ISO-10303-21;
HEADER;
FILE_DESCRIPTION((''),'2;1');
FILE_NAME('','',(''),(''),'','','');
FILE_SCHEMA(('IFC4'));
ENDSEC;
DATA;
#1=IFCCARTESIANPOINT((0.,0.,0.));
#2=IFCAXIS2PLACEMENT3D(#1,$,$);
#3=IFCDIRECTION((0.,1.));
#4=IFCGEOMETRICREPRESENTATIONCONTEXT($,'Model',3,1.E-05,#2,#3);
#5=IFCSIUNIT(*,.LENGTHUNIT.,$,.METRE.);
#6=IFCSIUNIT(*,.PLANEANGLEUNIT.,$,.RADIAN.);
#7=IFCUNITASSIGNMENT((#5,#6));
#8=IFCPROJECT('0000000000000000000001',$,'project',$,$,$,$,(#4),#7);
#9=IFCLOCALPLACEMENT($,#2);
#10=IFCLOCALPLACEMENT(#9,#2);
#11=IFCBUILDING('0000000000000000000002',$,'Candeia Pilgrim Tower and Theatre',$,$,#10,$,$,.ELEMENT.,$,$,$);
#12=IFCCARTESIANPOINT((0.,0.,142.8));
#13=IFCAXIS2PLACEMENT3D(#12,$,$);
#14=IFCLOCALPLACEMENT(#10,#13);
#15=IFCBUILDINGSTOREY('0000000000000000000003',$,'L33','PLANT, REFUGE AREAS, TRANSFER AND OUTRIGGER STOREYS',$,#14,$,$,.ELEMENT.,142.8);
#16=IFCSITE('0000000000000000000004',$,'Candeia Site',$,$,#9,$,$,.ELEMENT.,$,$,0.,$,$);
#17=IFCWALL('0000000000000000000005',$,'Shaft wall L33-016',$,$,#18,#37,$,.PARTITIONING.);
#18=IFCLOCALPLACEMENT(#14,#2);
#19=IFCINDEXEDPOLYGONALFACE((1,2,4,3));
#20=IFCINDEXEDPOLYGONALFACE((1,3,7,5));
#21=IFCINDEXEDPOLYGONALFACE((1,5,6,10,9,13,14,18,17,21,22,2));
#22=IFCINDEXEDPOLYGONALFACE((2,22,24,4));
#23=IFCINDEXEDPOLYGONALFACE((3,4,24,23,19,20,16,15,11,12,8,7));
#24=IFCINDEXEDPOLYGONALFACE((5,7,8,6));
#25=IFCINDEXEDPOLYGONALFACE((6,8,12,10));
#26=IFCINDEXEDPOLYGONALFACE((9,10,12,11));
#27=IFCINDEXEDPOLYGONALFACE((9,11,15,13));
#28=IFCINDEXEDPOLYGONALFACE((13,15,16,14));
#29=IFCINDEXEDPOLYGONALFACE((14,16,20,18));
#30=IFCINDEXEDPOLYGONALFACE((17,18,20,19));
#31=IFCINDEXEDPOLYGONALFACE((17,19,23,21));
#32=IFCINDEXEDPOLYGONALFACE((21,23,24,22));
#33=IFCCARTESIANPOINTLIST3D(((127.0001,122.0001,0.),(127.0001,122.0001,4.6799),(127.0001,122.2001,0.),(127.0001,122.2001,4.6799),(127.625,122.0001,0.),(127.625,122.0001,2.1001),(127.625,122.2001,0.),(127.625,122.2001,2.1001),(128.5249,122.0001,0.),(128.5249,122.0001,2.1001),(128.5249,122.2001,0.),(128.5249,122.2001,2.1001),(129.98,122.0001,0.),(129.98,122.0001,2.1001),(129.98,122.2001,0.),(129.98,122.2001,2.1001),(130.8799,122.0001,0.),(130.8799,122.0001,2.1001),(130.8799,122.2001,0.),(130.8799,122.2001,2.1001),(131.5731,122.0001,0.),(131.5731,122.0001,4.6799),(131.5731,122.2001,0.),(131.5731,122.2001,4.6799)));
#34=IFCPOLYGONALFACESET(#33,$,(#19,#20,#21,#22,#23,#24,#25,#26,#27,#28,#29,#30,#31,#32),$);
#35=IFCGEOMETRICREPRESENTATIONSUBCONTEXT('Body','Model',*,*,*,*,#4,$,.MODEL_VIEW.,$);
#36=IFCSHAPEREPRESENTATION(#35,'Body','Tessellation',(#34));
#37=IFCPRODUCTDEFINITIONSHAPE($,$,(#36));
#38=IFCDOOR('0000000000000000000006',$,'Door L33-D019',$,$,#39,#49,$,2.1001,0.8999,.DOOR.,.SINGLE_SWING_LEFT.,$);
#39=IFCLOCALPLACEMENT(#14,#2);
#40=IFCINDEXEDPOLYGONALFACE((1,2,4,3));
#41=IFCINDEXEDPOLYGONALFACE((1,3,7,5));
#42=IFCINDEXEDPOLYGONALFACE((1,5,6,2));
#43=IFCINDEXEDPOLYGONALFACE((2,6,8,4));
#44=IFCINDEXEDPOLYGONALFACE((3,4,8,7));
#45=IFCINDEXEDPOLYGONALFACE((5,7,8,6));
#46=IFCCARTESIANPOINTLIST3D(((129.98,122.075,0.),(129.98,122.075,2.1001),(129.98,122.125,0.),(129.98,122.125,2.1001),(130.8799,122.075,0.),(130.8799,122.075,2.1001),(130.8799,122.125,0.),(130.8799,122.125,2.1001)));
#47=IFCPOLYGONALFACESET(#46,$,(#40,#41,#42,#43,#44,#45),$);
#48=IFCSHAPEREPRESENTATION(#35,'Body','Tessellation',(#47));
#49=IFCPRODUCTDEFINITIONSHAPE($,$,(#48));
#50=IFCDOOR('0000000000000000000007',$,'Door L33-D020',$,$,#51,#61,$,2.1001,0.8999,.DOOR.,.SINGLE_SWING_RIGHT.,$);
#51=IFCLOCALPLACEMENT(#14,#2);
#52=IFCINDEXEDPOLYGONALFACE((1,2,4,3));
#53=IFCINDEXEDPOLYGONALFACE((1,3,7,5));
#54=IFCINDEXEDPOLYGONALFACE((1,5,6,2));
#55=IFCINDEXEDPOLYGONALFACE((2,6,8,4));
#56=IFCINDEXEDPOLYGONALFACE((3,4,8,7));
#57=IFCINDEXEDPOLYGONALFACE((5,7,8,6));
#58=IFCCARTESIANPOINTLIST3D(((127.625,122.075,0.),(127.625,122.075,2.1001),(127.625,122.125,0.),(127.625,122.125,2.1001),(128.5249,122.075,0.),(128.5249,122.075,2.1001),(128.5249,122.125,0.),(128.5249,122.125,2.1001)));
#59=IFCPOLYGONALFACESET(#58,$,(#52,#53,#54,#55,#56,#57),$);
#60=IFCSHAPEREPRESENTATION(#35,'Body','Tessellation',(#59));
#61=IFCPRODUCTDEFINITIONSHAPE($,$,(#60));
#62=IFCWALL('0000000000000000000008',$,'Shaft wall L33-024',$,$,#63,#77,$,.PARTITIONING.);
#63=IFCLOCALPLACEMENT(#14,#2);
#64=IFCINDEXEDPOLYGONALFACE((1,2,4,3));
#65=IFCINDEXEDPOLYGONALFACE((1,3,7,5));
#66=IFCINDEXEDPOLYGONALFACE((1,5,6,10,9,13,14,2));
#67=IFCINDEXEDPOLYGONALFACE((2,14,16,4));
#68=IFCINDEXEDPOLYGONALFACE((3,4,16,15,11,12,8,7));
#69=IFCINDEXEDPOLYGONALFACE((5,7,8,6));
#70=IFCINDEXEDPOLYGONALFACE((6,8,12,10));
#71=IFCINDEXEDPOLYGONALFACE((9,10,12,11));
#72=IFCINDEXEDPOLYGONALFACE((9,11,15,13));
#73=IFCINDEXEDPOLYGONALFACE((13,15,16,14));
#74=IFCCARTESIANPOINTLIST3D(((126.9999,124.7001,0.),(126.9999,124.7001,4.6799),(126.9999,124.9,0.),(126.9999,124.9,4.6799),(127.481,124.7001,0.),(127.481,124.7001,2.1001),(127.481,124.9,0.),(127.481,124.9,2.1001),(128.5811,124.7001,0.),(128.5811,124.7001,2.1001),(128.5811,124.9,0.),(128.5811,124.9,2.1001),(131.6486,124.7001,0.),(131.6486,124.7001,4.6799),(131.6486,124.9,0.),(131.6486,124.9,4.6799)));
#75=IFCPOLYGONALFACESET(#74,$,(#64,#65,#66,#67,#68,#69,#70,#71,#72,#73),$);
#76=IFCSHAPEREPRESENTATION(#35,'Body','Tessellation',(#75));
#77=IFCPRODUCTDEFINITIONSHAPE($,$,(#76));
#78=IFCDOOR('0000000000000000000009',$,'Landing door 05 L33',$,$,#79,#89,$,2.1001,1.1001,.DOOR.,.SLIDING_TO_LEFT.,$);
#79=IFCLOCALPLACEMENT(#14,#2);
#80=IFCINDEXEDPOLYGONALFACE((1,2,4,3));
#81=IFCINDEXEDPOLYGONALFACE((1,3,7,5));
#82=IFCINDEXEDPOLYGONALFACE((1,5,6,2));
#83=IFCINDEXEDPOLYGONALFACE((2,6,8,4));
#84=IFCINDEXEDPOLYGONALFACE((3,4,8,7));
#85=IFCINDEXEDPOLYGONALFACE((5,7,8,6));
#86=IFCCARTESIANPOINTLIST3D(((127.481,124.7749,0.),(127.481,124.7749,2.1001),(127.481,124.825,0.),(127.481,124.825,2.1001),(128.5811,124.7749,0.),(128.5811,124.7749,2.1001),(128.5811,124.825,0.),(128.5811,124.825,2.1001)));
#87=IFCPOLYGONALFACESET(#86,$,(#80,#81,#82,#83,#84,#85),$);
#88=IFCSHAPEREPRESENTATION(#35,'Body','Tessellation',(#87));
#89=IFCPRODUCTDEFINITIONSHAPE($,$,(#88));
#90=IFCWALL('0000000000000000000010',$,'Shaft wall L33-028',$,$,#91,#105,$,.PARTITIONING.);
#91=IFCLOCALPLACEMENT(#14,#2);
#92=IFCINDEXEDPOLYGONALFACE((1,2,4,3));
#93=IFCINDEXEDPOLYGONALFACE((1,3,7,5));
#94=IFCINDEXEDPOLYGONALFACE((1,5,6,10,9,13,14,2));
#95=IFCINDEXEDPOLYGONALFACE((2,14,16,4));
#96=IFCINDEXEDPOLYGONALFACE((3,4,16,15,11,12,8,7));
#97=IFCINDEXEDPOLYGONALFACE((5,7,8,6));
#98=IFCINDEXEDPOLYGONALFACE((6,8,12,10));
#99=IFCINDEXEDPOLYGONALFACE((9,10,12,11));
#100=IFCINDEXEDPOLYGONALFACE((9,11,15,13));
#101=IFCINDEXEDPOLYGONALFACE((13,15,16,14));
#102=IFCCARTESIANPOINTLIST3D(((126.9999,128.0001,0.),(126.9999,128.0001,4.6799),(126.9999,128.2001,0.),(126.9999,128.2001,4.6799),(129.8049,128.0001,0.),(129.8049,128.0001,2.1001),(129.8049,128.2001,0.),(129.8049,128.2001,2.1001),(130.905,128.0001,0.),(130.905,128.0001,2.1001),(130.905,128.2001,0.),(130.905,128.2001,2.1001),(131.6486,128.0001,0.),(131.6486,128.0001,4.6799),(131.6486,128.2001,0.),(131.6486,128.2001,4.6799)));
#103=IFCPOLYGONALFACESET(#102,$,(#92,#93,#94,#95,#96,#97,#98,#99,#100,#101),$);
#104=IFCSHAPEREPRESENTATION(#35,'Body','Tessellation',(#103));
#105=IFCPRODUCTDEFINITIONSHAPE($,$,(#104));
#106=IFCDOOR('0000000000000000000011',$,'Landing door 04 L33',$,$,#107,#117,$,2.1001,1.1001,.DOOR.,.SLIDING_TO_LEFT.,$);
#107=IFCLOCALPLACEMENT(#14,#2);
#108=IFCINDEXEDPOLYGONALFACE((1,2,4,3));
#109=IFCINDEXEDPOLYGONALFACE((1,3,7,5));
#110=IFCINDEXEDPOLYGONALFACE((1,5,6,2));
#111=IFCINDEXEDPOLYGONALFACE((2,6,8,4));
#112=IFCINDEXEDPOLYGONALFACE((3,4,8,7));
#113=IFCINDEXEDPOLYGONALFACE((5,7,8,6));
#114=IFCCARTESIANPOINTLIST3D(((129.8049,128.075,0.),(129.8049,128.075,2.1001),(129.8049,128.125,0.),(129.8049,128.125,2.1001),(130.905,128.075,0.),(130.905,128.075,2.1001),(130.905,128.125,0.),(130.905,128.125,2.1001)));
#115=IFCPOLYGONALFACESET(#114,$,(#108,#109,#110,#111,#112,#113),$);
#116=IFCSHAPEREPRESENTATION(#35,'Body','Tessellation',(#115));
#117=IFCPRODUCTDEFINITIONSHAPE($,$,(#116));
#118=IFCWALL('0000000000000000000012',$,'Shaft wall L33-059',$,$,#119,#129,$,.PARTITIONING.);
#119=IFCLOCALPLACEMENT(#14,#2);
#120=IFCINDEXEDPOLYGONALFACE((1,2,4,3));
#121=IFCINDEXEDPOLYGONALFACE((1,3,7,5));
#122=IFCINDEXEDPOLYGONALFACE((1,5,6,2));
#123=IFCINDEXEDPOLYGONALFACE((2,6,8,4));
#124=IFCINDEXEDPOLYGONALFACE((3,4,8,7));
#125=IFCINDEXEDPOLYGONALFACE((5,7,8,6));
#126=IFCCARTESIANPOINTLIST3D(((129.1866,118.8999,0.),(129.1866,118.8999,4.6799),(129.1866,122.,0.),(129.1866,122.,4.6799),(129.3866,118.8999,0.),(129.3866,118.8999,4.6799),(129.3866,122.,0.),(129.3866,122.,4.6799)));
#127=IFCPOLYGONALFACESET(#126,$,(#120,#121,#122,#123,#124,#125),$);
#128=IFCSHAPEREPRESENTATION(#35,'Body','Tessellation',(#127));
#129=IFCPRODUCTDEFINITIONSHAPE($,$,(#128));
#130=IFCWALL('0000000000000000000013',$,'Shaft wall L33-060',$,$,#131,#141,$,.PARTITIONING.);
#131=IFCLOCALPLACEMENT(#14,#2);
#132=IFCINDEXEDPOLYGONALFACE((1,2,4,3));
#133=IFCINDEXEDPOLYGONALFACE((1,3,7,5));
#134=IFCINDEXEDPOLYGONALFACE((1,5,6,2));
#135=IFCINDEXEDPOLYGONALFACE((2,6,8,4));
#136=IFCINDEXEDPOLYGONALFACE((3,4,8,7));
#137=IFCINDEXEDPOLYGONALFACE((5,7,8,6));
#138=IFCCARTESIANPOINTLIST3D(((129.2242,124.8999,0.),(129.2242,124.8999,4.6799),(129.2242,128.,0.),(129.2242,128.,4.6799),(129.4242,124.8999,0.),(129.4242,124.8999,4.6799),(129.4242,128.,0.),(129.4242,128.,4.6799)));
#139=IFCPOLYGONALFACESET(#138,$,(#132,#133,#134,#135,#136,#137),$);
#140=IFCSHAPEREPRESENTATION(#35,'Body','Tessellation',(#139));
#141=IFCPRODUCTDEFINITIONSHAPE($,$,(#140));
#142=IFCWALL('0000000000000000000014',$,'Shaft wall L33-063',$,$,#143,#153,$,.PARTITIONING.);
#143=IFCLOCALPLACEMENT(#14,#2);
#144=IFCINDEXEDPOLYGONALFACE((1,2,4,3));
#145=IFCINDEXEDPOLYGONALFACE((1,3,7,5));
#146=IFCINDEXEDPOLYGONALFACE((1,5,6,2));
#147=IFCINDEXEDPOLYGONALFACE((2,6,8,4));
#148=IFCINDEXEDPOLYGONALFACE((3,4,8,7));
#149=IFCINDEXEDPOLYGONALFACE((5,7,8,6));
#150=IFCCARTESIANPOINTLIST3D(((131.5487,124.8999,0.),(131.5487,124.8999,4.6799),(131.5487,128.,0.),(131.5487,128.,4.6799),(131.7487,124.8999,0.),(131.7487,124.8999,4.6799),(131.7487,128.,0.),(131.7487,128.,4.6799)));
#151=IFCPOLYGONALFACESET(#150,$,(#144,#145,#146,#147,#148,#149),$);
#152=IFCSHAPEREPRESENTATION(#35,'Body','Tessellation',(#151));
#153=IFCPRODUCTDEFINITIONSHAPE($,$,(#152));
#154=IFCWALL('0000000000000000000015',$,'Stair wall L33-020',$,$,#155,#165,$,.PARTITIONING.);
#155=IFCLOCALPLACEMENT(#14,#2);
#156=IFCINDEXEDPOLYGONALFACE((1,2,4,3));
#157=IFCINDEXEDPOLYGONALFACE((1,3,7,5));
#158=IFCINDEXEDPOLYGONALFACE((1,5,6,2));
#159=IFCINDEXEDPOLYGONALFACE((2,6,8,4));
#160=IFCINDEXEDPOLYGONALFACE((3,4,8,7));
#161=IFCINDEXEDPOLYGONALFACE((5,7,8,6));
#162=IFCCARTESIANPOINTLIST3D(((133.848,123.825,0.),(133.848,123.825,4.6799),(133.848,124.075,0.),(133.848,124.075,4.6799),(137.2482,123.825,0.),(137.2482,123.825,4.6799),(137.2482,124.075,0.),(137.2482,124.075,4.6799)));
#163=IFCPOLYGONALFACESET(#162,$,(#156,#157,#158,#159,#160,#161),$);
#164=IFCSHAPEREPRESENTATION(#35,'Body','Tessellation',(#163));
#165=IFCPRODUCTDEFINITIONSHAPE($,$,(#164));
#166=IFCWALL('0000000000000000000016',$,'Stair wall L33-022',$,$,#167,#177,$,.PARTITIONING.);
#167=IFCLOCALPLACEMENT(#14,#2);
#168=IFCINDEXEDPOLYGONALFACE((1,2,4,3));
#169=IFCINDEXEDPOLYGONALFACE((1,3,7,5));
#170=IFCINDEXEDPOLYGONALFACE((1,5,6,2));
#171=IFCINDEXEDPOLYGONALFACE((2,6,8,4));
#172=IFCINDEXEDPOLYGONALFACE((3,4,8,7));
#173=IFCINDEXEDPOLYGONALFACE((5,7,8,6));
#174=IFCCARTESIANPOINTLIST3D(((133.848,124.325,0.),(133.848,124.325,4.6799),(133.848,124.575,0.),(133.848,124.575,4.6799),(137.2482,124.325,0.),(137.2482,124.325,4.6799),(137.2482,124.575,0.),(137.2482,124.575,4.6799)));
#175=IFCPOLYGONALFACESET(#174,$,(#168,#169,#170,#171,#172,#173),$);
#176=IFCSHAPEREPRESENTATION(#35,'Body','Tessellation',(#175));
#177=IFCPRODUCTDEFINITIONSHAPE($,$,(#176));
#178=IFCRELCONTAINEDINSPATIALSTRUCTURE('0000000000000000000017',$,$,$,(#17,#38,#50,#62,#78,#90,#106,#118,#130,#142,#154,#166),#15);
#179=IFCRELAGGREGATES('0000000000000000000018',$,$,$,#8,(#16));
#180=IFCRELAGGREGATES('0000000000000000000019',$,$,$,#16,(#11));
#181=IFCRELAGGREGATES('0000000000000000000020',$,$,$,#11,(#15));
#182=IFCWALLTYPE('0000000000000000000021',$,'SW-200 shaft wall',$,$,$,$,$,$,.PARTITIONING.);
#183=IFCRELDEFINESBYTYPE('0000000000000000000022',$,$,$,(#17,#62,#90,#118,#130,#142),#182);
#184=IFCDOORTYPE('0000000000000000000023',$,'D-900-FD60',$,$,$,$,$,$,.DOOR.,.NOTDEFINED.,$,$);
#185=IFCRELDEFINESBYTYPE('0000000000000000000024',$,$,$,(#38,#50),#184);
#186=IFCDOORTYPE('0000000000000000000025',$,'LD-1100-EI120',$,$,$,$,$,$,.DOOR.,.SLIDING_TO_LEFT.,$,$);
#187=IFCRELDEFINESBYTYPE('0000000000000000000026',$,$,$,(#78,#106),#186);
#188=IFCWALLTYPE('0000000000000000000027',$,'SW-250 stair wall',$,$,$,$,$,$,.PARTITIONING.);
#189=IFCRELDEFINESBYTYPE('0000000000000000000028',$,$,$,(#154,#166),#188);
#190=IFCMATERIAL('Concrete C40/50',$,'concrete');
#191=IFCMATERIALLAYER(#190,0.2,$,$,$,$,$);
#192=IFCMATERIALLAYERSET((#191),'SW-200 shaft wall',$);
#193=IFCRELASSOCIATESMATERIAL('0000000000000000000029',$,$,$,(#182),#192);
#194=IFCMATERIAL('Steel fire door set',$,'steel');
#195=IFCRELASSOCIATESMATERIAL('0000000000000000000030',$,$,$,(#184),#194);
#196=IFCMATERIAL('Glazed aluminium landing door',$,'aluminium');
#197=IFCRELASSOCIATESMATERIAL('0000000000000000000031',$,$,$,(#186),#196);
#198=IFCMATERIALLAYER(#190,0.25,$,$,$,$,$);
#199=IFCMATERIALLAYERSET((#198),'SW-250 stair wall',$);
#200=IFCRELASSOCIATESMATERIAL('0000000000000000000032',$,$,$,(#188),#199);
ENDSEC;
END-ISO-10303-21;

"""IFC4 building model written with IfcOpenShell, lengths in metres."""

from ifc_helpers import new_model, si_unit, direction, frame, frame_2d, origin, place, context, subcontext, project, spatial, rectangle, extrude, material, layer, layer_set, type_object, element, fill, save


model = new_model("IFC4")

# Units and contexts
model_context = context("Model", 3, precision=1e-05, world=origin(), true_north=direction((0.0, 1.0)))
body_context = subcontext(model_context, "Body", "Model", "MODEL_VIEW")
ifc_project = project(units=[si_unit("LENGTHUNIT", "METRE"), si_unit("PLANEANGLEUNIT", "RADIAN")], contexts=[model_context])

# Site, building, storey
site_placement = place(None, origin())
site = spatial("IfcSite", under=ifc_project, at=site_placement, Name="Candeia Site", CompositionType="ELEMENT", RefElevation=0.0)
building_placement = place(site_placement, origin())
building = spatial("IfcBuilding", under=site, at=building_placement, Name="Candeia Pilgrim Tower and Theatre", CompositionType="ELEMENT")
storey_placement = place(building_placement, frame((0.0, 0.0, 142.8)))
storey = spatial("IfcBuildingStorey", under=building, at=storey_placement, Name="L33", Description="PLANT, REFUGE AREAS, TRANSFER AND OUTRIGGER STOREYS", CompositionType="ELEMENT", Elevation=142.8)

# Shared definitions
ifc_material_1 = material(Name="Steel fire door set", Category="steel")

# Wall, openings, doors
ifc_material_2 = material(Name="Concrete C40/50", Category="concrete")
ifc_layer_1 = layer(ifc_material_2, 0.2)
ifc_layer_set_1 = layer_set([ifc_layer_1], Name="SW-200 shaft wall")
wall_type_1 = type_object("IfcWallType", Name="SW-200 shaft wall", PredefinedType="PARTITIONING", material=ifc_layer_set_1)
wall_1_placement = place(storey_placement, frame((127.0, 122.1001, 0.0), z_axis=(0.0, 0.0, 1.0), x_axis=(1.0, 0.0, 0.0)))
wall_1 = element("IfcWall", 1, at=wall_1_placement, inside=storey, type_object=wall_type_1, Name="Shaft wall L33-016", PredefinedType="PARTITIONING", context=body_context, shape_type="SweptSolid", body=[
    extrude(rectangle(XDim=4.573, YDim=0.2, at=frame_2d((2.2866, 0.0))), origin(), (0.0, 0.0, 1.0), 4.6799),
])
opening_1_placement = place(wall_1_placement, frame((2.98, 0.0, 0.0)))
opening_1 = element("IfcOpeningElement", 2, at=opening_1_placement, cuts=wall_1, PredefinedType="OPENING", context=body_context, shape_type="SweptSolid", body=[
    extrude(rectangle(XDim=0.8999, YDim=2.1001, at=frame_2d((0.45, 1.05))), frame((0.0, 0.1099, 0.0), z_axis=(0.0, -1.0, 0.0), x_axis=(1.0, 0.0, 0.0)), (0.0, 0.0, 1.0), 0.22),
])
opening_2_placement = place(wall_1_placement, frame((0.625, 0.0, 0.0)))
opening_2 = element("IfcOpeningElement", 3, at=opening_2_placement, cuts=wall_1, PredefinedType="OPENING", context=body_context, shape_type="SweptSolid", body=[
    extrude(rectangle(XDim=0.8999, YDim=2.1001, at=frame_2d((0.45, 1.05))), frame((0.0, 0.1099, 0.0), z_axis=(0.0, -1.0, 0.0), x_axis=(1.0, 0.0, 0.0)), (0.0, 0.0, 1.0), 0.22),
])
door_type_1 = type_object("IfcDoorType", Name="D-900-FD60", OperationType="NOTDEFINED", PredefinedType="DOOR", material=ifc_material_1)
door_1_placement = place(opening_1_placement, origin())
door_1 = element("IfcDoor", 4, at=door_1_placement, inside=storey, type_object=door_type_1, Name="Door L33-D019", OperationType="SINGLE_SWING_LEFT", OverallHeight=2.1001, OverallWidth=0.8999, PredefinedType="DOOR", context=body_context, shape_type="SweptSolid", body=[
    extrude(rectangle(XDim=0.8999, YDim=2.1001, at=frame_2d((0.45, 1.05))), frame((0.0, 0.0249, 0.0), z_axis=(0.0, -1.0, 0.0), x_axis=(1.0, 0.0, 0.0)), (0.0, 0.0, 1.0), 0.05),
])
fill(opening_1, door_1)
door_2_placement = place(opening_2_placement, origin())
door_2 = element("IfcDoor", 5, at=door_2_placement, inside=storey, type_object=door_type_1, Name="Door L33-D020", OperationType="SINGLE_SWING_RIGHT", OverallHeight=2.1001, OverallWidth=0.8999, PredefinedType="DOOR", context=body_context, shape_type="SweptSolid", body=[
    extrude(rectangle(XDim=0.8999, YDim=2.1001, at=frame_2d((0.45, 1.05))), frame((0.0, 0.0249, 0.0), z_axis=(0.0, -1.0, 0.0), x_axis=(1.0, 0.0, 0.0)), (0.0, 0.0, 1.0), 0.05),
])
fill(opening_2, door_2)

# Walls, openings, doors
wall_2_placement = place(storey_placement, frame((127.0, 124.8, 0.0), z_axis=(0.0, 0.0, 1.0), x_axis=(1.0, 0.0, 0.0)))
wall_2 = element("IfcWall", 6, at=wall_2_placement, inside=storey, type_object=wall_type_1, Name="Shaft wall L33-024", PredefinedType="PARTITIONING", context=body_context, shape_type="SweptSolid", body=[
    extrude(rectangle(XDim=4.6487, YDim=0.2, at=frame_2d((2.3242, 0.0))), origin(), (0.0, 0.0, 1.0), 4.6799),
])
opening_3_placement = place(wall_2_placement, frame((0.481, 0.0, 0.0)))
opening_3 = element("IfcOpeningElement", 7, at=opening_3_placement, cuts=wall_2, PredefinedType="OPENING", context=body_context, shape_type="SweptSolid", body=[
    extrude(rectangle(XDim=1.1001, YDim=2.1001, at=frame_2d((0.55, 1.05))), frame((0.0, 0.1099, 0.0), z_axis=(0.0, -1.0, 0.0), x_axis=(1.0, 0.0, 0.0)), (0.0, 0.0, 1.0), 0.22),
])
ifc_material_3 = material(Name="Glazed aluminium landing door", Category="aluminium")
door_type_2 = type_object("IfcDoorType", Name="LD-1100-EI120", OperationType="SLIDING_TO_LEFT", PredefinedType="DOOR", material=ifc_material_3)
door_3_placement = place(opening_3_placement, origin())
door_3 = element("IfcDoor", 8, at=door_3_placement, inside=storey, type_object=door_type_2, Name="Landing door 05 L33", OperationType="SLIDING_TO_LEFT", OverallHeight=2.1001, OverallWidth=1.1001, PredefinedType="DOOR", context=body_context, shape_type="SweptSolid", body=[
    extrude(rectangle(XDim=1.1001, YDim=2.1001, at=frame_2d((0.55, 1.05))), frame((0.0, 0.0249, 0.0), z_axis=(0.0, -1.0, 0.0), x_axis=(1.0, 0.0, 0.0)), (0.0, 0.0, 1.0), 0.05),
])
fill(opening_3, door_3)
wall_3_placement = place(storey_placement, frame((127.0, 128.1001, 0.0), z_axis=(0.0, 0.0, 1.0), x_axis=(1.0, 0.0, 0.0)))
wall_3 = element("IfcWall", 9, at=wall_3_placement, inside=storey, type_object=wall_type_1, Name="Shaft wall L33-028", PredefinedType="PARTITIONING", context=body_context, shape_type="SweptSolid", body=[
    extrude(rectangle(XDim=4.6487, YDim=0.2, at=frame_2d((2.3242, 0.0))), origin(), (0.0, 0.0, 1.0), 4.6799),
])
opening_4_placement = place(wall_3_placement, frame((2.8049, 0.0, 0.0)))
opening_4 = element("IfcOpeningElement", 10, at=opening_4_placement, cuts=wall_3, PredefinedType="OPENING", context=body_context, shape_type="SweptSolid", body=[
    extrude(rectangle(XDim=1.1001, YDim=2.1001, at=frame_2d((0.55, 1.05))), frame((0.0, 0.1099, 0.0), z_axis=(0.0, -1.0, 0.0), x_axis=(1.0, 0.0, 0.0)), (0.0, 0.0, 1.0), 0.22),
])
door_4_placement = place(opening_4_placement, origin())
door_4 = element("IfcDoor", 11, at=door_4_placement, inside=storey, type_object=door_type_2, Name="Landing door 04 L33", OperationType="SLIDING_TO_LEFT", OverallHeight=2.1001, OverallWidth=1.1001, PredefinedType="DOOR", context=body_context, shape_type="SweptSolid", body=[
    extrude(rectangle(XDim=1.1001, YDim=2.1001, at=frame_2d((0.55, 1.05))), frame((0.0, 0.0249, 0.0), z_axis=(0.0, -1.0, 0.0), x_axis=(1.0, 0.0, 0.0)), (0.0, 0.0, 1.0), 0.05),
])
fill(opening_4, door_4)

# Walls
for number, where, z_axis, x_axis, name in (
    (12, (129.2866, 118.8999, 0.0), (0.0, 0.0, 1.0), (0.0, 1.0, 0.0), "Shaft wall L33-059"),
    (13, (129.3242, 124.8999, 0.0), (0.0, 0.0, 1.0), (0.0, 1.0, 0.0), "Shaft wall L33-060"),
    (14, (131.6487, 124.8999, 0.0), (0.0, 0.0, 1.0), (0.0, 1.0, 0.0), "Shaft wall L33-063"),
):
    element("IfcWall", number, at=place(storey_placement, frame(where, z_axis=z_axis, x_axis=x_axis)), inside=storey, type_object=wall_type_1, Name=name, PredefinedType="PARTITIONING", context=body_context, shape_type="SweptSolid", body=[
        extrude(rectangle(XDim=3.1001, YDim=0.2, at=frame_2d((1.55, 0.0))), origin(), (0.0, 0.0, 1.0), 4.6799),
    ])
ifc_layer_2 = layer(ifc_material_2, 0.25)
ifc_layer_set_2 = layer_set([ifc_layer_2], Name="SW-250 stair wall")
wall_type_2 = type_object("IfcWallType", Name="SW-250 stair wall", PredefinedType="PARTITIONING", material=ifc_layer_set_2)
for number, where, z_axis, x_axis, name in (
    (15, (133.8479, 123.95, 0.0), (0.0, 0.0, 1.0), (1.0, 0.0, 0.0), "Stair wall L33-020"),
    (16, (133.8479, 124.45, 0.0), (0.0, 0.0, 1.0), (1.0, 0.0, 0.0), "Stair wall L33-022"),
):
    element("IfcWall", number, at=place(storey_placement, frame(where, z_axis=z_axis, x_axis=x_axis)), inside=storey, type_object=wall_type_2, Name=name, PredefinedType="PARTITIONING", context=body_context, shape_type="SweptSolid", body=[
        extrude(rectangle(XDim=3.4001, YDim=0.25, at=frame_2d((1.7002, 0.0))), origin(), (0.0, 0.0, 1.0), 4.6799),
    ])

save(model, "model.ifc")
